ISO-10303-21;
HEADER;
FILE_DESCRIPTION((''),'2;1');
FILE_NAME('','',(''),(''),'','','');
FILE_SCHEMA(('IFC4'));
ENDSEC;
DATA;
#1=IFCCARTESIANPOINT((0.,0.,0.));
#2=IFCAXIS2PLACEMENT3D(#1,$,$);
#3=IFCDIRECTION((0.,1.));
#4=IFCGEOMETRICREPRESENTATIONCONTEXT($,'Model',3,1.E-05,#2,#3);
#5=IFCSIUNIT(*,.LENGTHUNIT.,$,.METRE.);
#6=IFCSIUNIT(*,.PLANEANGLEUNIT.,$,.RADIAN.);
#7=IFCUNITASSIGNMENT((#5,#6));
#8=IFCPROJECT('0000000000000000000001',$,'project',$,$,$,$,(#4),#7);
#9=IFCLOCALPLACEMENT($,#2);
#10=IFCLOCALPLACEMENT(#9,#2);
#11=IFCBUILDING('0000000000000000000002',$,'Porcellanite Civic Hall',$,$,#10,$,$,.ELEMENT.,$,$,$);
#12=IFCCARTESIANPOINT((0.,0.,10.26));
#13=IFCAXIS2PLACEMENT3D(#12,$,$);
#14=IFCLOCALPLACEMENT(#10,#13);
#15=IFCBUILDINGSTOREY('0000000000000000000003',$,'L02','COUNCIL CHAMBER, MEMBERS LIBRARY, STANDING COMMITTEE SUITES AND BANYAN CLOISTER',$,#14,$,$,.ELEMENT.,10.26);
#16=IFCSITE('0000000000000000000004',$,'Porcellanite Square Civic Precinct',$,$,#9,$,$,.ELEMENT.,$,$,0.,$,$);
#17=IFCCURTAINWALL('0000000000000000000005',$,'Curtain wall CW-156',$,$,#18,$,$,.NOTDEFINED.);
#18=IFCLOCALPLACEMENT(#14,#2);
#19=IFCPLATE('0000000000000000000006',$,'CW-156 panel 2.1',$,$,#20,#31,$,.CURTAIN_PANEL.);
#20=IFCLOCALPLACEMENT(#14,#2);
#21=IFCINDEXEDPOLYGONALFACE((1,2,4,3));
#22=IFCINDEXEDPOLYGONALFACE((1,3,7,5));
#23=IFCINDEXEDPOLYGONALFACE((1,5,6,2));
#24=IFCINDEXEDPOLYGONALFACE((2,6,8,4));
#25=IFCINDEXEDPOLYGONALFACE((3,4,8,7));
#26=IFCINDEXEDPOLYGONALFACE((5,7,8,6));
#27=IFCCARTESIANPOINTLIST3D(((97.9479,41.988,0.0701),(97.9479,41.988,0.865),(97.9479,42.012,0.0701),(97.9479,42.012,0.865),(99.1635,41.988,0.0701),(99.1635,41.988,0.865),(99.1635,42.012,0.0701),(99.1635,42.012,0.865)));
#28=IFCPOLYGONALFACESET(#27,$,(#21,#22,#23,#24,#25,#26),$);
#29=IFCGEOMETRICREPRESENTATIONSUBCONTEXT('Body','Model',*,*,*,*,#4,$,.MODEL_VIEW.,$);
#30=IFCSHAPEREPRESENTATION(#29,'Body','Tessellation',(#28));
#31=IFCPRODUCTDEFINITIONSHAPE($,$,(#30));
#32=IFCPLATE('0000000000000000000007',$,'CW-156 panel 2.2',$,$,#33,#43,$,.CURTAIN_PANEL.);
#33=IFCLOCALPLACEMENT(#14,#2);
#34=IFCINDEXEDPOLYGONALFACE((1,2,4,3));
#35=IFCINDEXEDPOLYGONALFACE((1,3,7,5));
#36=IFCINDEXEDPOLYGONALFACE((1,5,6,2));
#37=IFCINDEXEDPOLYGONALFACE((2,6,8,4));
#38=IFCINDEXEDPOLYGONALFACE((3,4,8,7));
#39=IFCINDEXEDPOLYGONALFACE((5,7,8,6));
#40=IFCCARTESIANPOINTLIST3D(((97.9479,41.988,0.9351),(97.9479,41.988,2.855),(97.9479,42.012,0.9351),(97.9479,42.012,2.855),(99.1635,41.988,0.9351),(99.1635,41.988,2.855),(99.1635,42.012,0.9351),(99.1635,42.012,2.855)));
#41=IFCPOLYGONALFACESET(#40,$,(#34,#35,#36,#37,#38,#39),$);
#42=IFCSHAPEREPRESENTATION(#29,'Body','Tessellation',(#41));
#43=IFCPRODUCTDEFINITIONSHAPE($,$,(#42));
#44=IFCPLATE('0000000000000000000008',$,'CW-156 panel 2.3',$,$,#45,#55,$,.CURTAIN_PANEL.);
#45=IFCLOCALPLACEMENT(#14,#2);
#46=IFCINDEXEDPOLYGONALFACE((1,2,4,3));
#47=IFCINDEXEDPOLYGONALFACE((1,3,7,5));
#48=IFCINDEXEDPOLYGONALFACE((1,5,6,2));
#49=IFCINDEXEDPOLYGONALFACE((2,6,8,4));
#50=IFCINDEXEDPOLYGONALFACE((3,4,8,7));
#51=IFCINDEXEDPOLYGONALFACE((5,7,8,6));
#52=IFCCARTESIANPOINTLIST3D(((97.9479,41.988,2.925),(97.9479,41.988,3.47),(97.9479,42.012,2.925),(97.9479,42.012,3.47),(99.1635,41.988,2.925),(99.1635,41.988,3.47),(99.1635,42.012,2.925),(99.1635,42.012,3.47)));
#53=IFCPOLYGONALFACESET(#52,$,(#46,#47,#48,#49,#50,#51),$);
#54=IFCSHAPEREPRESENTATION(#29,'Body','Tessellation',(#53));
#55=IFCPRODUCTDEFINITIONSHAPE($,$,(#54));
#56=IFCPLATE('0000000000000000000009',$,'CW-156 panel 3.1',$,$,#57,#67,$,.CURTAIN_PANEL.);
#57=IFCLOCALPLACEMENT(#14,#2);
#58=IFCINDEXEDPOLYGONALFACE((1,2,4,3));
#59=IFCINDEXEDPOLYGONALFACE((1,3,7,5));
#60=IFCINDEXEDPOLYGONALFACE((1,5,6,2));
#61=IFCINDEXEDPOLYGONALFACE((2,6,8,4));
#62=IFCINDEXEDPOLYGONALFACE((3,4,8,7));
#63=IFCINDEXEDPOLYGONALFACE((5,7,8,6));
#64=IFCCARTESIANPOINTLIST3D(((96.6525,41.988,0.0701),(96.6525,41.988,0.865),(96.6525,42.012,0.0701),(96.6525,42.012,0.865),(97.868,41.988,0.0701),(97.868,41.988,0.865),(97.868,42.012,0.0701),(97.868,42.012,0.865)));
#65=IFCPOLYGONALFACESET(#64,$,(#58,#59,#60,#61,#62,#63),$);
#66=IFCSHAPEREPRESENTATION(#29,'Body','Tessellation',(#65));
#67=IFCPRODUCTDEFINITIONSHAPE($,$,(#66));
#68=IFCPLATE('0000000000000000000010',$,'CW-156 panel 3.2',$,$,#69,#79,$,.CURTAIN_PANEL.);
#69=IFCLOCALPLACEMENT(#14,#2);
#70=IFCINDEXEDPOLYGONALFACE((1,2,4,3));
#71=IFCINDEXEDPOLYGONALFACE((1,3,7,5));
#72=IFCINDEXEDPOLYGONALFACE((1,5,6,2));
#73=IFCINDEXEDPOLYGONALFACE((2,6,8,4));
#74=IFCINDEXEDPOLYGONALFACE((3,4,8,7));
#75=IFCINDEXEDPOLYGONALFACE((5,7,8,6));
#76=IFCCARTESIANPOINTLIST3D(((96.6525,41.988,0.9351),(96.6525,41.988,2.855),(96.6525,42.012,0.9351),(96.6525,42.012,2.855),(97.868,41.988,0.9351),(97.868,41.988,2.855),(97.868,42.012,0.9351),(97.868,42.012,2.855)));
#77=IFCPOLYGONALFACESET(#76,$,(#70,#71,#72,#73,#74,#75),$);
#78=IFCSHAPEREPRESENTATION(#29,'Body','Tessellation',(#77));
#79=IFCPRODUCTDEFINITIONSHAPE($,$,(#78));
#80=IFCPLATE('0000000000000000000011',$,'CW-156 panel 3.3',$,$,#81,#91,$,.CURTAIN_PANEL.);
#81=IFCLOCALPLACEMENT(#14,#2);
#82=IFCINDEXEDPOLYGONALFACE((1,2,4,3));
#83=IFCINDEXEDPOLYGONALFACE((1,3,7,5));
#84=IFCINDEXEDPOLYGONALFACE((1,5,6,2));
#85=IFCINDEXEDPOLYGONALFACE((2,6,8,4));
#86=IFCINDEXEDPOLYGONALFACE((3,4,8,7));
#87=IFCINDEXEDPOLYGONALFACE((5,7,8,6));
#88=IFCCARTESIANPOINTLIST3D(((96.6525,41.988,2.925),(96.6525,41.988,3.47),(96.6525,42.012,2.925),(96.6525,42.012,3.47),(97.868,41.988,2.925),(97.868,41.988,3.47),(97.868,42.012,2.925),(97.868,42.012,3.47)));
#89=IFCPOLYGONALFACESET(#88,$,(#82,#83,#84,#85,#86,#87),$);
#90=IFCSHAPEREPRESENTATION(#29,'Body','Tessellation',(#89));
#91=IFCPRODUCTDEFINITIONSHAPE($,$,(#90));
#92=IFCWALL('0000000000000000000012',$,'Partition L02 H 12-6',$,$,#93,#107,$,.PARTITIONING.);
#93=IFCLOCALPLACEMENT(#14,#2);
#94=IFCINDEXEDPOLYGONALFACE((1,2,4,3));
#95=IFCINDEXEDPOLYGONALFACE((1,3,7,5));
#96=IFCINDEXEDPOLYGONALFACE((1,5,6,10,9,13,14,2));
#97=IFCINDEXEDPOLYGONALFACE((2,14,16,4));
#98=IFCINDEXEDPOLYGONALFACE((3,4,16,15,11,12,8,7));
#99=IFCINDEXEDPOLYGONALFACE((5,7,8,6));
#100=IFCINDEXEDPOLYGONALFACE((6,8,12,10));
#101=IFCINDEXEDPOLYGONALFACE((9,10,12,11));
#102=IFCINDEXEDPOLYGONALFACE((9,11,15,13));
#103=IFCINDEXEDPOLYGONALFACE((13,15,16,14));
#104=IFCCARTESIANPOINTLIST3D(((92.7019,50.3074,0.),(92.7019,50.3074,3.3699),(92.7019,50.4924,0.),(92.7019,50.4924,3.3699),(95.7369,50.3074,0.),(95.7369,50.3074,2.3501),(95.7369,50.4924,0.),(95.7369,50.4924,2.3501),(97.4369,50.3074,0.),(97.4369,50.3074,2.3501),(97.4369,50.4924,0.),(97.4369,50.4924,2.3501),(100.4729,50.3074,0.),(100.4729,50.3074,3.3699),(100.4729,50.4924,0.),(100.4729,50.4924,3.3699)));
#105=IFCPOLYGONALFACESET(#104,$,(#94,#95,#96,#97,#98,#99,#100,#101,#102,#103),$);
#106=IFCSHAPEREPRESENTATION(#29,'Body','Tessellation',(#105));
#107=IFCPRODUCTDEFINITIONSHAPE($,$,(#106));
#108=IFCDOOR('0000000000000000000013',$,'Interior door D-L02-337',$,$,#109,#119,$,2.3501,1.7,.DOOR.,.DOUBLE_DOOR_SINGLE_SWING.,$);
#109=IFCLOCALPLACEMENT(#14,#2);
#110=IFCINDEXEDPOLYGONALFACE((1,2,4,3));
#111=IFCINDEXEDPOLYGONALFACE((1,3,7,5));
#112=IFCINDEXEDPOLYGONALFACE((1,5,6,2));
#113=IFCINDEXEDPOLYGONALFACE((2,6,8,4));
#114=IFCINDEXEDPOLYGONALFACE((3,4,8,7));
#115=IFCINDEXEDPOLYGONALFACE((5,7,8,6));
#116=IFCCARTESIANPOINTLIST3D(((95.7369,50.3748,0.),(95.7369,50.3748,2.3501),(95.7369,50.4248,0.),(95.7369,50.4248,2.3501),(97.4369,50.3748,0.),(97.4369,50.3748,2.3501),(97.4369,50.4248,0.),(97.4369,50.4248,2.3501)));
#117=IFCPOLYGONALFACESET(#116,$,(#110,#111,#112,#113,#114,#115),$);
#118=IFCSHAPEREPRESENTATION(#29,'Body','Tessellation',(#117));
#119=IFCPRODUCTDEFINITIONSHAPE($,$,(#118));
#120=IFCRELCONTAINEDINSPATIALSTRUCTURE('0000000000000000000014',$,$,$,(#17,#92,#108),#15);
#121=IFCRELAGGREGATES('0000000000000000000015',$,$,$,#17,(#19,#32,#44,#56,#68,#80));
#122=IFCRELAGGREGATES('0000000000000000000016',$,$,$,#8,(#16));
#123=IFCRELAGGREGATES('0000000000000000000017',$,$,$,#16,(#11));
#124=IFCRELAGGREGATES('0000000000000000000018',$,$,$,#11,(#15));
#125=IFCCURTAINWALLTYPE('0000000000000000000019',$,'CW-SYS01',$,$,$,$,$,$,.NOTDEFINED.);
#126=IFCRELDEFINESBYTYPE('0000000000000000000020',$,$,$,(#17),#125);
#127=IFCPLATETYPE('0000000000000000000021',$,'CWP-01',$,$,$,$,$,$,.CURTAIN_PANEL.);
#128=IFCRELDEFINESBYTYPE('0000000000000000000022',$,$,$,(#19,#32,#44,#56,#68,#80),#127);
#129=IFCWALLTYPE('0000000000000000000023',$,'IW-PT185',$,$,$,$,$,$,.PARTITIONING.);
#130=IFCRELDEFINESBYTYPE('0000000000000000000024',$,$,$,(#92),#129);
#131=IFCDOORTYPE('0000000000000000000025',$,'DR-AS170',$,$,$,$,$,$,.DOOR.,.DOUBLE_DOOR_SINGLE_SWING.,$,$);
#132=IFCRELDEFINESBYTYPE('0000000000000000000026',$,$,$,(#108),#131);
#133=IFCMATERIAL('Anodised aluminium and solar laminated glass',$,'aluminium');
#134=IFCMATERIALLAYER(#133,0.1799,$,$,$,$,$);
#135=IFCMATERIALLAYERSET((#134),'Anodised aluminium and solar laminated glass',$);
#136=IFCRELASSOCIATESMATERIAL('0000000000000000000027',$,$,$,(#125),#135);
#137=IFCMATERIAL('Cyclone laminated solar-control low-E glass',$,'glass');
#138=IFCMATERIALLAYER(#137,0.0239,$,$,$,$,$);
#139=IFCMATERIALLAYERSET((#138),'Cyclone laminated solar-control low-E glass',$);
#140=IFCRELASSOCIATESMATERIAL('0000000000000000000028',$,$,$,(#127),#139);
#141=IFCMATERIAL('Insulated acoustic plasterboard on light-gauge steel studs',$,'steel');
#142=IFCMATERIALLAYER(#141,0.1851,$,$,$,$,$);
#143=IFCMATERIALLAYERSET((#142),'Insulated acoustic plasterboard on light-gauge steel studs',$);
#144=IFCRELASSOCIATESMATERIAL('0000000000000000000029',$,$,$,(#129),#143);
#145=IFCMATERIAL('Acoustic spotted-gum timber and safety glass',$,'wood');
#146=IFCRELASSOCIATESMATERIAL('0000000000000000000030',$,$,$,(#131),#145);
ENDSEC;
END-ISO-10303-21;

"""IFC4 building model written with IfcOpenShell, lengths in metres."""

from ifc_helpers import new_model, si_unit, direction, frame, frame_2d, origin, origin_2d, place, context, subcontext, project, spatial, rectangle, extrude, material, layer, layer_set, type_object, element, fill, aggregate, save


model = new_model("IFC4")

# Units and contexts
model_context = context("Model", 3, precision=1e-05, world=origin(), true_north=direction((0.0, 1.0)))
body_context = subcontext(model_context, "Body", "Model", "MODEL_VIEW")
ifc_project = project(units=[si_unit("LENGTHUNIT", "METRE"), si_unit("PLANEANGLEUNIT", "RADIAN")], contexts=[model_context])

# Site, building, storey
site_placement = place(None, origin())
site = spatial("IfcSite", under=ifc_project, at=site_placement, Name="Porcellanite Square Civic Precinct", CompositionType="ELEMENT", RefElevation=0.0)
building_placement = place(site_placement, origin())
building = spatial("IfcBuilding", under=site, at=building_placement, Name="Porcellanite Civic Hall", CompositionType="ELEMENT")
storey_placement = place(building_placement, frame((0.0, 0.0, 10.26)))
storey = spatial("IfcBuildingStorey", under=building, at=storey_placement, Name="L02", Description="COUNCIL CHAMBER, MEMBERS LIBRARY, STANDING COMMITTEE SUITES AND BANYAN CLOISTER", CompositionType="ELEMENT", Elevation=10.26)

# Curtain wall
ifc_material_1 = material(Name="Anodised aluminium and solar laminated glass", Category="aluminium")
ifc_layer_1 = layer(ifc_material_1, 0.1799)
ifc_layer_set_1 = layer_set([ifc_layer_1], Name="Anodised aluminium and solar laminated glass")
curtain_wall_type = type_object("IfcCurtainWallType", Name="CW-SYS01", PredefinedType="NOTDEFINED", material=ifc_layer_set_1)
curtain_wall_placement = place(storey_placement, origin())
curtain_wall = element("IfcCurtainWall", 1, at=curtain_wall_placement, inside=storey, type_object=curtain_wall_type, Name="Curtain wall CW-156", PredefinedType="NOTDEFINED")

# Plates
ifc_material_2 = material(Name="Cyclone laminated solar-control low-E glass", Category="glass")
ifc_layer_2 = layer(ifc_material_2, 0.0239)
ifc_layer_set_2 = layer_set([ifc_layer_2], Name="Cyclone laminated solar-control low-E glass")
plate_type = type_object("IfcPlateType", Name="CWP-01", PredefinedType="CURTAIN_PANEL", material=ifc_layer_set_2)
plate_1_placement = place(storey_placement, frame((98.5557, 42.0, 0.0701), z_axis=(0.0, 0.0, 1.0), x_axis=(-1.0, 0.0, 0.0)))
plate_1 = element("IfcPlate", 2, at=plate_1_placement, type_object=plate_type, Name="CW-156 panel 2.1", PredefinedType="CURTAIN_PANEL", context=body_context, shape_type="SweptSolid", body=[
    extrude(rectangle(XDim=1.2156, YDim=0.0239, at=origin_2d()), origin(), (0.0, 0.0, 1.0), 0.7949),
])
plate_2_placement = place(storey_placement, frame((98.5557, 42.0, 0.9351), z_axis=(0.0, 0.0, 1.0), x_axis=(-1.0, 0.0, 0.0)))
plate_2 = element("IfcPlate", 3, at=plate_2_placement, type_object=plate_type, Name="CW-156 panel 2.2", PredefinedType="CURTAIN_PANEL", context=body_context, shape_type="SweptSolid", body=[
    extrude(rectangle(XDim=1.2156, YDim=0.0239, at=origin_2d()), origin(), (0.0, 0.0, 1.0), 1.9199),
])
plate_3_placement = place(storey_placement, frame((98.5557, 42.0, 2.925), z_axis=(0.0, 0.0, 1.0), x_axis=(-1.0, 0.0, 0.0)))
plate_3 = element("IfcPlate", 4, at=plate_3_placement, type_object=plate_type, Name="CW-156 panel 2.3", PredefinedType="CURTAIN_PANEL", context=body_context, shape_type="SweptSolid", body=[
    extrude(rectangle(XDim=1.2156, YDim=0.0239, at=origin_2d()), origin(), (0.0, 0.0, 1.0), 0.5449),
])
plate_4_placement = place(storey_placement, frame((97.2603, 42.0, 0.0701), z_axis=(0.0, 0.0, 1.0), x_axis=(-1.0, 0.0, 0.0)))
plate_4 = element("IfcPlate", 5, at=plate_4_placement, type_object=plate_type, Name="CW-156 panel 3.1", PredefinedType="CURTAIN_PANEL", context=body_context, shape_type="SweptSolid", body=[
    extrude(rectangle(XDim=1.2156, YDim=0.0239, at=origin_2d()), origin(), (0.0, 0.0, 1.0), 0.7949),
])
plate_5_placement = place(storey_placement, frame((97.2603, 42.0, 0.9351), z_axis=(0.0, 0.0, 1.0), x_axis=(-1.0, 0.0, 0.0)))
plate_5 = element("IfcPlate", 6, at=plate_5_placement, type_object=plate_type, Name="CW-156 panel 3.2", PredefinedType="CURTAIN_PANEL", context=body_context, shape_type="SweptSolid", body=[
    extrude(rectangle(XDim=1.2156, YDim=0.0239, at=origin_2d()), origin(), (0.0, 0.0, 1.0), 1.9199),
])
plate_6_placement = place(storey_placement, frame((97.2603, 42.0, 2.925), z_axis=(0.0, 0.0, 1.0), x_axis=(-1.0, 0.0, 0.0)))
plate_6 = element("IfcPlate", 7, at=plate_6_placement, type_object=plate_type, Name="CW-156 panel 3.3", PredefinedType="CURTAIN_PANEL", context=body_context, shape_type="SweptSolid", body=[
    extrude(rectangle(XDim=1.2156, YDim=0.0239, at=origin_2d()), origin(), (0.0, 0.0, 1.0), 0.5449),
])
aggregate(curtain_wall, [plate_1, plate_2, plate_3, plate_4, plate_5, plate_6])

# Wall, opening, door
ifc_material_3 = material(Name="Insulated acoustic plasterboard on light-gauge steel studs", Category="steel")
ifc_layer_3 = layer(ifc_material_3, 0.1851)
ifc_layer_set_3 = layer_set([ifc_layer_3], Name="Insulated acoustic plasterboard on light-gauge steel studs")
wall_type = type_object("IfcWallType", Name="IW-PT185", PredefinedType="PARTITIONING", material=ifc_layer_set_3)
wall_placement = place(storey_placement, frame((92.7019, 50.3999, 0.0), z_axis=(0.0, 0.0, 1.0), x_axis=(1.0, 0.0, 0.0)))
wall = element("IfcWall", 8, at=wall_placement, inside=storey, type_object=wall_type, Name="Partition L02 H 12-6", PredefinedType="PARTITIONING", context=body_context, shape_type="SweptSolid", body=[
    extrude(rectangle(XDim=7.771, YDim=0.1851, at=frame_2d((3.8855, 0.0))), origin(), (0.0, 0.0, 1.0), 3.3699),
])
opening_placement = place(wall_placement, frame((3.0349, 0.0, 0.0)))
opening = element("IfcOpeningElement", 9, at=opening_placement, cuts=wall, PredefinedType="OPENING", context=body_context, shape_type="SweptSolid", body=[
    extrude(rectangle(XDim=1.7, YDim=2.3501, at=frame_2d((0.8501, 1.175))), frame((0.0, 0.0925, 0.0), z_axis=(0.0, -1.0, 0.0), x_axis=(1.0, 0.0, 0.0)), (0.0, 0.0, 1.0), 0.1851),
])
ifc_material_4 = material(Name="Acoustic spotted-gum timber and safety glass", Category="wood")
door_type = type_object("IfcDoorType", Name="DR-AS170", OperationType="DOUBLE_DOOR_SINGLE_SWING", PredefinedType="DOOR", material=ifc_material_4)
door_placement = place(opening_placement, origin())
door = element("IfcDoor", 10, at=door_placement, inside=storey, type_object=door_type, Name="Interior door D-L02-337", OperationType="DOUBLE_DOOR_SINGLE_SWING", OverallHeight=2.3501, OverallWidth=1.7, PredefinedType="DOOR", context=body_context, shape_type="SweptSolid", body=[
    extrude(rectangle(XDim=1.7, YDim=2.3501, at=frame_2d((0.8501, 1.175))), frame((0.0, 0.0249, 0.0), z_axis=(0.0, -1.0, 0.0), x_axis=(1.0, 0.0, 0.0)), (0.0, 0.0, 1.0), 0.05),
])
fill(opening, door)

save(model, "model.ifc")
